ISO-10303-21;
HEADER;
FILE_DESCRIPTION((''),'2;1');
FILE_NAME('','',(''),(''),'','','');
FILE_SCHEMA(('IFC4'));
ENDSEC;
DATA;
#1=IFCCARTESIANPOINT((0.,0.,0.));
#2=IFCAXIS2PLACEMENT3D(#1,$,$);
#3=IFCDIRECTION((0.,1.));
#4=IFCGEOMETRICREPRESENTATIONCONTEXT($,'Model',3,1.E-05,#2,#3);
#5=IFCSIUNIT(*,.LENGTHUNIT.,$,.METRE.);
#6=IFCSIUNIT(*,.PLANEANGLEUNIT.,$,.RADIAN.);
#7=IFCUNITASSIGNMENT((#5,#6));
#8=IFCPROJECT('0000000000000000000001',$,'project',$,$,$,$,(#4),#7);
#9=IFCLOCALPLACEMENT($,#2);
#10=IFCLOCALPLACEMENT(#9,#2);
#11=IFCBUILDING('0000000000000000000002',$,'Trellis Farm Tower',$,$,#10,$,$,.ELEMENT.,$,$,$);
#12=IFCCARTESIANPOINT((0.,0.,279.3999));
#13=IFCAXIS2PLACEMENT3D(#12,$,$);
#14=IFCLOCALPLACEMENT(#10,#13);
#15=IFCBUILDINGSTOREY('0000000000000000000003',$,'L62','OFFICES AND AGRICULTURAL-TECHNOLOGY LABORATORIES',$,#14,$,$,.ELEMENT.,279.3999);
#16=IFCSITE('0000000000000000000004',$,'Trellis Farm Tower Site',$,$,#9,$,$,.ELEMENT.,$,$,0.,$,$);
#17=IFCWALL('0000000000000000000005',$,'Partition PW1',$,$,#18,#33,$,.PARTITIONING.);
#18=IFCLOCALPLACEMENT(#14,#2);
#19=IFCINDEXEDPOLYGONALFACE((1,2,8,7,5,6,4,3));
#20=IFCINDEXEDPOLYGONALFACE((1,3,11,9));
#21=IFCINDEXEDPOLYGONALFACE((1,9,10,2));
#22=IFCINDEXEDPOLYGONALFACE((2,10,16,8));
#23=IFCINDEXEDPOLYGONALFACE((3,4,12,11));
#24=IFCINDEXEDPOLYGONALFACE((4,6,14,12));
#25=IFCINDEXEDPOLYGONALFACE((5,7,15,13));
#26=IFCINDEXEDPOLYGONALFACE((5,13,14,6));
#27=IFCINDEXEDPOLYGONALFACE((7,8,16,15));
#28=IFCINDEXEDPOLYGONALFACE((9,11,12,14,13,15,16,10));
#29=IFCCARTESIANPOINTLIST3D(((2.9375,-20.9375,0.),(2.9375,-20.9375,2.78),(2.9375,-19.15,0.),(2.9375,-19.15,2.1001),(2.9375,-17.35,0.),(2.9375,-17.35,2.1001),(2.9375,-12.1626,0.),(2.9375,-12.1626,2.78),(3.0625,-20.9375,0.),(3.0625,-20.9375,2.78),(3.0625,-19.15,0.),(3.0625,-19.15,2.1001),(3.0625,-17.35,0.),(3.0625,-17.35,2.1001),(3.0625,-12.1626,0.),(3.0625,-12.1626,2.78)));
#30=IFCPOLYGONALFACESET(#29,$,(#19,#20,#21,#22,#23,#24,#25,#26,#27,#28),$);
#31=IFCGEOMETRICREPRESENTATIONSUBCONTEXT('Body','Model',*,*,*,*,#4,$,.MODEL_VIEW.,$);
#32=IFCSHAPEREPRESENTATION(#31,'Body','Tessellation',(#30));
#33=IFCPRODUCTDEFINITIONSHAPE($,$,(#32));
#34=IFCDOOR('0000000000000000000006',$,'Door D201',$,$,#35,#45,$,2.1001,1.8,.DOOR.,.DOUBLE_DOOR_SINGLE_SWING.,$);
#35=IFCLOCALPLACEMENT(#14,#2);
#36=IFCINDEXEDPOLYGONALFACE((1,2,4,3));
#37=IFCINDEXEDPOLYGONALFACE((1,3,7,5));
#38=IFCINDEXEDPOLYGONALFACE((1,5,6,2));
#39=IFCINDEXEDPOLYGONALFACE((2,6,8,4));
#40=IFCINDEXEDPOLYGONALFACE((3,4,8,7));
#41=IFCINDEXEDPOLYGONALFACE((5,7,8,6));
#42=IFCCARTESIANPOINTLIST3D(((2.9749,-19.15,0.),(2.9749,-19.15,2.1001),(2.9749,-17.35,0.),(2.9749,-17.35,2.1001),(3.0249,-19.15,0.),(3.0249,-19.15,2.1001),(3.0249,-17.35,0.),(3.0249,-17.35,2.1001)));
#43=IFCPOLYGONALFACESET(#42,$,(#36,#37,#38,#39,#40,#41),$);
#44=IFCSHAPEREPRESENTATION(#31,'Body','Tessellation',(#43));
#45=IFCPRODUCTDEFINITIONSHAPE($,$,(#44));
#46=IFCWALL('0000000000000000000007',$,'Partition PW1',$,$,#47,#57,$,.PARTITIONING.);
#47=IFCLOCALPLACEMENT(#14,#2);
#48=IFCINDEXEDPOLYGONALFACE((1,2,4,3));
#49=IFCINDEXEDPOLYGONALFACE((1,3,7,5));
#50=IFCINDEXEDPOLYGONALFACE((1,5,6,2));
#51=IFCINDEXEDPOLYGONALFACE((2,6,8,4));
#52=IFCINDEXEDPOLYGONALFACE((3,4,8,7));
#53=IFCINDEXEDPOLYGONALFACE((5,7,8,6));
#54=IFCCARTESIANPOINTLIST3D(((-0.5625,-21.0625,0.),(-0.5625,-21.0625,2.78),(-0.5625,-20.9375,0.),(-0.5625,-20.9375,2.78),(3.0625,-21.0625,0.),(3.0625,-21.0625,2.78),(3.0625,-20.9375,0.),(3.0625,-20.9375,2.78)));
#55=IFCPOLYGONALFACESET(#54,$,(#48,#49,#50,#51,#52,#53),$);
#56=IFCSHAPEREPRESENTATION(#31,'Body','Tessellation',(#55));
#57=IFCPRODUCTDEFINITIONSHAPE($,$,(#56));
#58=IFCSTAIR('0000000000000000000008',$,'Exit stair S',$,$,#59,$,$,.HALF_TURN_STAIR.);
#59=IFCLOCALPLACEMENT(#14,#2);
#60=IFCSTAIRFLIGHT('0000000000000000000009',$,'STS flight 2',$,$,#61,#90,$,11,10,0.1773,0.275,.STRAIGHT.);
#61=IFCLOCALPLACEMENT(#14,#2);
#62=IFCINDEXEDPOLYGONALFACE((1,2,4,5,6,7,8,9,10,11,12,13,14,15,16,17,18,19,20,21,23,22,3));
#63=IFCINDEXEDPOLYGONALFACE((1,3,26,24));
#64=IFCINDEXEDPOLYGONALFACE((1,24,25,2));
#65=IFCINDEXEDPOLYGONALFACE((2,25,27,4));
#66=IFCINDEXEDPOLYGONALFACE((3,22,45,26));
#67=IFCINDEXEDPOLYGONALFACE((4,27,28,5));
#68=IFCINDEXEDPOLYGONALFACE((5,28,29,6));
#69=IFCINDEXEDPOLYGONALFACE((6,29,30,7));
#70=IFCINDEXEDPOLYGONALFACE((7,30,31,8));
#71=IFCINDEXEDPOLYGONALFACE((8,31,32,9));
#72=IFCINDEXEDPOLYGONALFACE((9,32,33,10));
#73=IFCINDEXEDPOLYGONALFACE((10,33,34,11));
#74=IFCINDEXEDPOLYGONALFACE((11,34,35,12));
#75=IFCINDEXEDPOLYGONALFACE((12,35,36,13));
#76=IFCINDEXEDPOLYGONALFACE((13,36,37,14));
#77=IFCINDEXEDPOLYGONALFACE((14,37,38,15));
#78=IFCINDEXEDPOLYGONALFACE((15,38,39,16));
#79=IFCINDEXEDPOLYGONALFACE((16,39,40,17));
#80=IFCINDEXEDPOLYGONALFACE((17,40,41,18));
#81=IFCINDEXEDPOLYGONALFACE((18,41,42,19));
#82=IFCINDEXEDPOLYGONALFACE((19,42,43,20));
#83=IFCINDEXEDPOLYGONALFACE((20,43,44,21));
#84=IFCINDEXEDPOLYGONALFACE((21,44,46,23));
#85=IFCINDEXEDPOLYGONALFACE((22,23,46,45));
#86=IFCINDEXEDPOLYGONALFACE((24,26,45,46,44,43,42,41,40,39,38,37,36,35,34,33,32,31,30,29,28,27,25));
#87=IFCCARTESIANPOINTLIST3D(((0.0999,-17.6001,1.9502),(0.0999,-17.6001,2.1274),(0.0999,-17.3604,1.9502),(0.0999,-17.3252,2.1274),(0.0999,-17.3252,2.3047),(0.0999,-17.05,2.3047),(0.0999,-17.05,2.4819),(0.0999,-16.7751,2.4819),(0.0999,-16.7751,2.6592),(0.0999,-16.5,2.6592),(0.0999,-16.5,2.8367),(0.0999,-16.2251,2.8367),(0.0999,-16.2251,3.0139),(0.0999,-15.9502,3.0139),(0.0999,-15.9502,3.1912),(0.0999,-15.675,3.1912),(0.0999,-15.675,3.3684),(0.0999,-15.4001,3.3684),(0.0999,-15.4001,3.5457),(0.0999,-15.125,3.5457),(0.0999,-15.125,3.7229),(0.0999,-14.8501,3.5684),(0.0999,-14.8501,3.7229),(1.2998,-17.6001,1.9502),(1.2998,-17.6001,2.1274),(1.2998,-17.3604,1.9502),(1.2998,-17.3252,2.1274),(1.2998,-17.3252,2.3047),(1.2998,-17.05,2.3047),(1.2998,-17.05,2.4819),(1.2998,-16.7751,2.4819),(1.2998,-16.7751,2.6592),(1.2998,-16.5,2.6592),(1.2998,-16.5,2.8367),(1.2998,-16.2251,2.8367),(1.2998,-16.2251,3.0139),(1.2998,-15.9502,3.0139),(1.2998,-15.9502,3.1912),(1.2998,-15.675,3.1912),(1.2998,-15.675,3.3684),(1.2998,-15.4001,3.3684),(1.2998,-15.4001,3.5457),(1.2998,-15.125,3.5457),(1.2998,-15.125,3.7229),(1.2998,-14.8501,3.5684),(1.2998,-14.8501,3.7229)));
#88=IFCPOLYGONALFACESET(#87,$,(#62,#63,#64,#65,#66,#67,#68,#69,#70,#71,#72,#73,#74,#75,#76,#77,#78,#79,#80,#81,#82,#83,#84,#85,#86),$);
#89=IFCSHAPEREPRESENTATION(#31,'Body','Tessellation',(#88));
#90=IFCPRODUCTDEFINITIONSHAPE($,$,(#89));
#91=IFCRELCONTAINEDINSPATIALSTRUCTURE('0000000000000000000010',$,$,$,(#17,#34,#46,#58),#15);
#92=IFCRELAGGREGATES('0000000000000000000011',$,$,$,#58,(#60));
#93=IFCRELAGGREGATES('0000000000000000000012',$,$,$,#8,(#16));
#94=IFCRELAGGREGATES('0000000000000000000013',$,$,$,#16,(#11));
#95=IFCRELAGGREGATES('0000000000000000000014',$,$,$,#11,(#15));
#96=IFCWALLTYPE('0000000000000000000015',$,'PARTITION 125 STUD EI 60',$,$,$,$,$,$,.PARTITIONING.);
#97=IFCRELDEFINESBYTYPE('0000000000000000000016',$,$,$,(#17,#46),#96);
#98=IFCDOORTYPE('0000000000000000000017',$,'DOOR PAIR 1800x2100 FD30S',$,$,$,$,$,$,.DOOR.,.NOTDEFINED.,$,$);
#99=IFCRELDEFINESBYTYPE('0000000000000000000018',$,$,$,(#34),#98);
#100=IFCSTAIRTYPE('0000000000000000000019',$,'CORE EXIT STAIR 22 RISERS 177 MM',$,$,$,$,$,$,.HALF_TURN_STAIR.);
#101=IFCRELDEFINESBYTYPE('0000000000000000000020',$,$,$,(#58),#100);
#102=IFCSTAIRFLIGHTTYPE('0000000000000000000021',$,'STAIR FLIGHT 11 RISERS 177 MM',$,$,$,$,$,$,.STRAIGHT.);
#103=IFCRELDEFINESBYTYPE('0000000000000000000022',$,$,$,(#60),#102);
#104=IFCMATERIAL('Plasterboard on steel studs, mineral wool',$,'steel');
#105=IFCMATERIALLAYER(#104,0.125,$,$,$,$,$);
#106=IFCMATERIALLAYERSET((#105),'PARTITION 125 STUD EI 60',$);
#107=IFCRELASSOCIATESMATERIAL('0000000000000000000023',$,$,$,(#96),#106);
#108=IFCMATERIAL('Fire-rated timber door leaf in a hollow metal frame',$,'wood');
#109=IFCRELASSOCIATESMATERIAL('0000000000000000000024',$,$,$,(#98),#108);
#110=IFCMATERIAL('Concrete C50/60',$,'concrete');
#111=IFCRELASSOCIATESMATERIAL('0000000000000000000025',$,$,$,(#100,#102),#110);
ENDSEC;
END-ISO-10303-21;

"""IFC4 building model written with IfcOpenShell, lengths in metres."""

from ifc_helpers import new_model, si_unit, direction, frame, frame_2d, origin, place, context, subcontext, project, spatial, polyline, rectangle, outline, extrude, source, transform, mapped, material, layer, layer_set, type_object, element, fill, aggregate, save


model = new_model("IFC4")

# Units and contexts
model_context = context("Model", 3, precision=1e-05, world=origin(), true_north=direction((0.0, 1.0)))
body_context = subcontext(model_context, "Body", "Model", "MODEL_VIEW")
ifc_project = project(units=[si_unit("LENGTHUNIT", "METRE"), si_unit("PLANEANGLEUNIT", "RADIAN")], contexts=[model_context])

# Site, building, storey
site_placement = place(None, origin())
site = spatial("IfcSite", under=ifc_project, at=site_placement, Name="Trellis Farm Tower Site", CompositionType="ELEMENT", RefElevation=0.0)
building_placement = place(site_placement, origin())
building = spatial("IfcBuilding", under=site, at=building_placement, Name="Trellis Farm Tower", CompositionType="ELEMENT")
storey_placement = place(building_placement, frame((0.0, 0.0, 279.3999)))
storey = spatial("IfcBuildingStorey", under=building, at=storey_placement, Name="L62", Description="OFFICES AND AGRICULTURAL-TECHNOLOGY LABORATORIES", CompositionType="ELEMENT", Elevation=279.3999)

# Shared definitions
placement_1 = place(storey_placement, origin())

# Shared definitions
ifc_material_1 = material(Name="Concrete C50/60", Category="concrete")

# Shared definitions
ifc_material_2 = material(Name="Plasterboard on steel studs, mineral wool", Category="steel")
ifc_layer_1 = layer(ifc_material_2, 0.125)
ifc_layer_set_1 = layer_set([ifc_layer_1], Name="PARTITION 125 STUD EI 60")
wall_type_1 = type_object("IfcWallType", Name="PARTITION 125 STUD EI 60", PredefinedType="PARTITIONING", material=ifc_layer_set_1)

# Wall, opening, door
shared_shape_1 = source(origin(), body_context, "Body", "SweptSolid", [
    extrude(rectangle(XDim=8.7749, YDim=0.125, at=frame_2d((4.3875, 0.0))), origin(), (0.0, 0.0, 1.0), 2.78),
])
wall_1_placement = place(storey_placement, frame((3.0, -12.1626, 0.0), z_axis=(0.0, 0.0, 1.0), x_axis=(0.0, -1.0, 0.0)))
wall_1 = element("IfcWall", 1, at=wall_1_placement, inside=storey, type_object=wall_type_1, Name="Partition PW1", PredefinedType="PARTITIONING", context=body_context, shape_type="MappedRepresentation", body=[
    mapped(shared_shape_1, transform((0.0, 0.0, 0.0))),
])
shared_shape_2 = source(origin(), body_context, "Body", "SweptSolid", [
    extrude(rectangle(XDim=1.8, YDim=2.1001, at=frame_2d((0.8999, 1.05))), frame((0.0, 0.0725, 0.0), z_axis=(0.0, -1.0, 0.0), x_axis=(1.0, 0.0, 0.0)), (0.0, 0.0, 1.0), 0.145),
])
opening_1_placement = place(wall_1_placement, frame((5.1875, 0.0, 0.0)))
opening_1 = element("IfcOpeningElement", 2, at=opening_1_placement, cuts=wall_1, PredefinedType="OPENING", context=body_context, shape_type="MappedRepresentation", body=[
    mapped(shared_shape_2, transform((0.0, 0.0, 0.0))),
])
ifc_material_3 = material(Name="Fire-rated timber door leaf in a hollow metal frame", Category="wood")
door_type_1 = type_object("IfcDoorType", Name="DOOR PAIR 1800x2100 FD30S", OperationType="NOTDEFINED", PredefinedType="DOOR", material=ifc_material_3)
shared_shape_3 = source(origin(), body_context, "Body", "SweptSolid", [
    extrude(rectangle(XDim=1.8, YDim=2.1001, at=frame_2d((0.8999, 1.05))), frame((0.0, 0.0249, 0.0), z_axis=(0.0, -1.0, 0.0), x_axis=(1.0, 0.0, 0.0)), (0.0, 0.0, 1.0), 0.05),
])
door_1_placement = place(opening_1_placement, origin())
door_1 = element("IfcDoor", 3, at=door_1_placement, inside=storey, type_object=door_type_1, Name="Door D201", OperationType="DOUBLE_DOOR_SINGLE_SWING", OverallHeight=2.1001, OverallWidth=1.8, PredefinedType="DOOR", context=body_context, shape_type="MappedRepresentation", body=[
    mapped(shared_shape_3, transform((0.0, 0.0, 0.0))),
])
fill(opening_1, door_1)

# Wall
shared_shape_4 = source(origin(), body_context, "Body", "SweptSolid", [
    extrude(rectangle(XDim=3.625, YDim=0.125, at=frame_2d((1.8125, 0.0))), origin(), (0.0, 0.0, 1.0), 2.78),
])
wall_2_placement = place(storey_placement, frame((3.0625, -21.0, 0.0), z_axis=(0.0, 0.0, 1.0), x_axis=(-1.0, 0.0, 0.0)))
element("IfcWall", 4, at=wall_2_placement, inside=storey, type_object=wall_type_1, Name="Partition PW1", PredefinedType="PARTITIONING", context=body_context, shape_type="MappedRepresentation", body=[
    mapped(shared_shape_4, transform((0.0, 0.0, 0.0))),
])

# Stair, stair flight
stair_type = type_object("IfcStairType", Name="CORE EXIT STAIR 22 RISERS 177 MM", PredefinedType="HALF_TURN_STAIR", material=ifc_material_1)
stair = element("IfcStair", 5, at=placement_1, inside=storey, type_object=stair_type, Name="Exit stair S", PredefinedType="HALF_TURN_STAIR")
stair_flight_type = type_object("IfcStairFlightType", Name="STAIR FLIGHT 11 RISERS 177 MM", PredefinedType="STRAIGHT", material=ifc_material_1)
shared_shape_5 = source(origin(), body_context, "Body", "SweptSolid", [
    extrude(outline(polyline([(0.0, 0.0), (0.0, 0.1772), (0.2749, 0.1772), (0.2749, 0.3545), (0.55, 0.3545), (0.55, 0.5317), (0.825, 0.5317), (0.825, 0.709), (1.1001, 0.709), (1.1001, 0.8865), (1.375, 0.8865), (1.375, 1.0637), (1.6499, 1.0637), (1.6499, 1.241), (1.925, 1.241), (1.925, 1.4182), (2.2, 1.4182), (2.2, 1.5955), (2.4751, 1.5955), (2.4751, 1.7727), (2.75, 1.7727), (2.75, 1.95), (2.75, 1.6182), (0.2397, 0.0), (0.0, 0.0)])), frame((0.0, 0.6001, 0.0), z_axis=(0.0, -1.0, 0.0), x_axis=(1.0, 0.0, 0.0)), (0.0, 0.0, 1.0), 1.2),
])
stair_flight_placement = place(storey_placement, frame((0.7, -17.6001, 1.9502), z_axis=(0.0, 0.0, 1.0), x_axis=(0.0, 1.0, 0.0)))
stair_flight = element("IfcStairFlight", 6, at=stair_flight_placement, type_object=stair_flight_type, Name="STS flight 2", NumberOfRisers=11, NumberOfTreads=10, PredefinedType="STRAIGHT", RiserHeight=0.1773, TreadLength=0.275, context=body_context, shape_type="MappedRepresentation", body=[
    mapped(shared_shape_5, transform((0.0, 0.0, 0.0))),
])
aggregate(stair, [stair_flight])

save(model, "model.ifc")
